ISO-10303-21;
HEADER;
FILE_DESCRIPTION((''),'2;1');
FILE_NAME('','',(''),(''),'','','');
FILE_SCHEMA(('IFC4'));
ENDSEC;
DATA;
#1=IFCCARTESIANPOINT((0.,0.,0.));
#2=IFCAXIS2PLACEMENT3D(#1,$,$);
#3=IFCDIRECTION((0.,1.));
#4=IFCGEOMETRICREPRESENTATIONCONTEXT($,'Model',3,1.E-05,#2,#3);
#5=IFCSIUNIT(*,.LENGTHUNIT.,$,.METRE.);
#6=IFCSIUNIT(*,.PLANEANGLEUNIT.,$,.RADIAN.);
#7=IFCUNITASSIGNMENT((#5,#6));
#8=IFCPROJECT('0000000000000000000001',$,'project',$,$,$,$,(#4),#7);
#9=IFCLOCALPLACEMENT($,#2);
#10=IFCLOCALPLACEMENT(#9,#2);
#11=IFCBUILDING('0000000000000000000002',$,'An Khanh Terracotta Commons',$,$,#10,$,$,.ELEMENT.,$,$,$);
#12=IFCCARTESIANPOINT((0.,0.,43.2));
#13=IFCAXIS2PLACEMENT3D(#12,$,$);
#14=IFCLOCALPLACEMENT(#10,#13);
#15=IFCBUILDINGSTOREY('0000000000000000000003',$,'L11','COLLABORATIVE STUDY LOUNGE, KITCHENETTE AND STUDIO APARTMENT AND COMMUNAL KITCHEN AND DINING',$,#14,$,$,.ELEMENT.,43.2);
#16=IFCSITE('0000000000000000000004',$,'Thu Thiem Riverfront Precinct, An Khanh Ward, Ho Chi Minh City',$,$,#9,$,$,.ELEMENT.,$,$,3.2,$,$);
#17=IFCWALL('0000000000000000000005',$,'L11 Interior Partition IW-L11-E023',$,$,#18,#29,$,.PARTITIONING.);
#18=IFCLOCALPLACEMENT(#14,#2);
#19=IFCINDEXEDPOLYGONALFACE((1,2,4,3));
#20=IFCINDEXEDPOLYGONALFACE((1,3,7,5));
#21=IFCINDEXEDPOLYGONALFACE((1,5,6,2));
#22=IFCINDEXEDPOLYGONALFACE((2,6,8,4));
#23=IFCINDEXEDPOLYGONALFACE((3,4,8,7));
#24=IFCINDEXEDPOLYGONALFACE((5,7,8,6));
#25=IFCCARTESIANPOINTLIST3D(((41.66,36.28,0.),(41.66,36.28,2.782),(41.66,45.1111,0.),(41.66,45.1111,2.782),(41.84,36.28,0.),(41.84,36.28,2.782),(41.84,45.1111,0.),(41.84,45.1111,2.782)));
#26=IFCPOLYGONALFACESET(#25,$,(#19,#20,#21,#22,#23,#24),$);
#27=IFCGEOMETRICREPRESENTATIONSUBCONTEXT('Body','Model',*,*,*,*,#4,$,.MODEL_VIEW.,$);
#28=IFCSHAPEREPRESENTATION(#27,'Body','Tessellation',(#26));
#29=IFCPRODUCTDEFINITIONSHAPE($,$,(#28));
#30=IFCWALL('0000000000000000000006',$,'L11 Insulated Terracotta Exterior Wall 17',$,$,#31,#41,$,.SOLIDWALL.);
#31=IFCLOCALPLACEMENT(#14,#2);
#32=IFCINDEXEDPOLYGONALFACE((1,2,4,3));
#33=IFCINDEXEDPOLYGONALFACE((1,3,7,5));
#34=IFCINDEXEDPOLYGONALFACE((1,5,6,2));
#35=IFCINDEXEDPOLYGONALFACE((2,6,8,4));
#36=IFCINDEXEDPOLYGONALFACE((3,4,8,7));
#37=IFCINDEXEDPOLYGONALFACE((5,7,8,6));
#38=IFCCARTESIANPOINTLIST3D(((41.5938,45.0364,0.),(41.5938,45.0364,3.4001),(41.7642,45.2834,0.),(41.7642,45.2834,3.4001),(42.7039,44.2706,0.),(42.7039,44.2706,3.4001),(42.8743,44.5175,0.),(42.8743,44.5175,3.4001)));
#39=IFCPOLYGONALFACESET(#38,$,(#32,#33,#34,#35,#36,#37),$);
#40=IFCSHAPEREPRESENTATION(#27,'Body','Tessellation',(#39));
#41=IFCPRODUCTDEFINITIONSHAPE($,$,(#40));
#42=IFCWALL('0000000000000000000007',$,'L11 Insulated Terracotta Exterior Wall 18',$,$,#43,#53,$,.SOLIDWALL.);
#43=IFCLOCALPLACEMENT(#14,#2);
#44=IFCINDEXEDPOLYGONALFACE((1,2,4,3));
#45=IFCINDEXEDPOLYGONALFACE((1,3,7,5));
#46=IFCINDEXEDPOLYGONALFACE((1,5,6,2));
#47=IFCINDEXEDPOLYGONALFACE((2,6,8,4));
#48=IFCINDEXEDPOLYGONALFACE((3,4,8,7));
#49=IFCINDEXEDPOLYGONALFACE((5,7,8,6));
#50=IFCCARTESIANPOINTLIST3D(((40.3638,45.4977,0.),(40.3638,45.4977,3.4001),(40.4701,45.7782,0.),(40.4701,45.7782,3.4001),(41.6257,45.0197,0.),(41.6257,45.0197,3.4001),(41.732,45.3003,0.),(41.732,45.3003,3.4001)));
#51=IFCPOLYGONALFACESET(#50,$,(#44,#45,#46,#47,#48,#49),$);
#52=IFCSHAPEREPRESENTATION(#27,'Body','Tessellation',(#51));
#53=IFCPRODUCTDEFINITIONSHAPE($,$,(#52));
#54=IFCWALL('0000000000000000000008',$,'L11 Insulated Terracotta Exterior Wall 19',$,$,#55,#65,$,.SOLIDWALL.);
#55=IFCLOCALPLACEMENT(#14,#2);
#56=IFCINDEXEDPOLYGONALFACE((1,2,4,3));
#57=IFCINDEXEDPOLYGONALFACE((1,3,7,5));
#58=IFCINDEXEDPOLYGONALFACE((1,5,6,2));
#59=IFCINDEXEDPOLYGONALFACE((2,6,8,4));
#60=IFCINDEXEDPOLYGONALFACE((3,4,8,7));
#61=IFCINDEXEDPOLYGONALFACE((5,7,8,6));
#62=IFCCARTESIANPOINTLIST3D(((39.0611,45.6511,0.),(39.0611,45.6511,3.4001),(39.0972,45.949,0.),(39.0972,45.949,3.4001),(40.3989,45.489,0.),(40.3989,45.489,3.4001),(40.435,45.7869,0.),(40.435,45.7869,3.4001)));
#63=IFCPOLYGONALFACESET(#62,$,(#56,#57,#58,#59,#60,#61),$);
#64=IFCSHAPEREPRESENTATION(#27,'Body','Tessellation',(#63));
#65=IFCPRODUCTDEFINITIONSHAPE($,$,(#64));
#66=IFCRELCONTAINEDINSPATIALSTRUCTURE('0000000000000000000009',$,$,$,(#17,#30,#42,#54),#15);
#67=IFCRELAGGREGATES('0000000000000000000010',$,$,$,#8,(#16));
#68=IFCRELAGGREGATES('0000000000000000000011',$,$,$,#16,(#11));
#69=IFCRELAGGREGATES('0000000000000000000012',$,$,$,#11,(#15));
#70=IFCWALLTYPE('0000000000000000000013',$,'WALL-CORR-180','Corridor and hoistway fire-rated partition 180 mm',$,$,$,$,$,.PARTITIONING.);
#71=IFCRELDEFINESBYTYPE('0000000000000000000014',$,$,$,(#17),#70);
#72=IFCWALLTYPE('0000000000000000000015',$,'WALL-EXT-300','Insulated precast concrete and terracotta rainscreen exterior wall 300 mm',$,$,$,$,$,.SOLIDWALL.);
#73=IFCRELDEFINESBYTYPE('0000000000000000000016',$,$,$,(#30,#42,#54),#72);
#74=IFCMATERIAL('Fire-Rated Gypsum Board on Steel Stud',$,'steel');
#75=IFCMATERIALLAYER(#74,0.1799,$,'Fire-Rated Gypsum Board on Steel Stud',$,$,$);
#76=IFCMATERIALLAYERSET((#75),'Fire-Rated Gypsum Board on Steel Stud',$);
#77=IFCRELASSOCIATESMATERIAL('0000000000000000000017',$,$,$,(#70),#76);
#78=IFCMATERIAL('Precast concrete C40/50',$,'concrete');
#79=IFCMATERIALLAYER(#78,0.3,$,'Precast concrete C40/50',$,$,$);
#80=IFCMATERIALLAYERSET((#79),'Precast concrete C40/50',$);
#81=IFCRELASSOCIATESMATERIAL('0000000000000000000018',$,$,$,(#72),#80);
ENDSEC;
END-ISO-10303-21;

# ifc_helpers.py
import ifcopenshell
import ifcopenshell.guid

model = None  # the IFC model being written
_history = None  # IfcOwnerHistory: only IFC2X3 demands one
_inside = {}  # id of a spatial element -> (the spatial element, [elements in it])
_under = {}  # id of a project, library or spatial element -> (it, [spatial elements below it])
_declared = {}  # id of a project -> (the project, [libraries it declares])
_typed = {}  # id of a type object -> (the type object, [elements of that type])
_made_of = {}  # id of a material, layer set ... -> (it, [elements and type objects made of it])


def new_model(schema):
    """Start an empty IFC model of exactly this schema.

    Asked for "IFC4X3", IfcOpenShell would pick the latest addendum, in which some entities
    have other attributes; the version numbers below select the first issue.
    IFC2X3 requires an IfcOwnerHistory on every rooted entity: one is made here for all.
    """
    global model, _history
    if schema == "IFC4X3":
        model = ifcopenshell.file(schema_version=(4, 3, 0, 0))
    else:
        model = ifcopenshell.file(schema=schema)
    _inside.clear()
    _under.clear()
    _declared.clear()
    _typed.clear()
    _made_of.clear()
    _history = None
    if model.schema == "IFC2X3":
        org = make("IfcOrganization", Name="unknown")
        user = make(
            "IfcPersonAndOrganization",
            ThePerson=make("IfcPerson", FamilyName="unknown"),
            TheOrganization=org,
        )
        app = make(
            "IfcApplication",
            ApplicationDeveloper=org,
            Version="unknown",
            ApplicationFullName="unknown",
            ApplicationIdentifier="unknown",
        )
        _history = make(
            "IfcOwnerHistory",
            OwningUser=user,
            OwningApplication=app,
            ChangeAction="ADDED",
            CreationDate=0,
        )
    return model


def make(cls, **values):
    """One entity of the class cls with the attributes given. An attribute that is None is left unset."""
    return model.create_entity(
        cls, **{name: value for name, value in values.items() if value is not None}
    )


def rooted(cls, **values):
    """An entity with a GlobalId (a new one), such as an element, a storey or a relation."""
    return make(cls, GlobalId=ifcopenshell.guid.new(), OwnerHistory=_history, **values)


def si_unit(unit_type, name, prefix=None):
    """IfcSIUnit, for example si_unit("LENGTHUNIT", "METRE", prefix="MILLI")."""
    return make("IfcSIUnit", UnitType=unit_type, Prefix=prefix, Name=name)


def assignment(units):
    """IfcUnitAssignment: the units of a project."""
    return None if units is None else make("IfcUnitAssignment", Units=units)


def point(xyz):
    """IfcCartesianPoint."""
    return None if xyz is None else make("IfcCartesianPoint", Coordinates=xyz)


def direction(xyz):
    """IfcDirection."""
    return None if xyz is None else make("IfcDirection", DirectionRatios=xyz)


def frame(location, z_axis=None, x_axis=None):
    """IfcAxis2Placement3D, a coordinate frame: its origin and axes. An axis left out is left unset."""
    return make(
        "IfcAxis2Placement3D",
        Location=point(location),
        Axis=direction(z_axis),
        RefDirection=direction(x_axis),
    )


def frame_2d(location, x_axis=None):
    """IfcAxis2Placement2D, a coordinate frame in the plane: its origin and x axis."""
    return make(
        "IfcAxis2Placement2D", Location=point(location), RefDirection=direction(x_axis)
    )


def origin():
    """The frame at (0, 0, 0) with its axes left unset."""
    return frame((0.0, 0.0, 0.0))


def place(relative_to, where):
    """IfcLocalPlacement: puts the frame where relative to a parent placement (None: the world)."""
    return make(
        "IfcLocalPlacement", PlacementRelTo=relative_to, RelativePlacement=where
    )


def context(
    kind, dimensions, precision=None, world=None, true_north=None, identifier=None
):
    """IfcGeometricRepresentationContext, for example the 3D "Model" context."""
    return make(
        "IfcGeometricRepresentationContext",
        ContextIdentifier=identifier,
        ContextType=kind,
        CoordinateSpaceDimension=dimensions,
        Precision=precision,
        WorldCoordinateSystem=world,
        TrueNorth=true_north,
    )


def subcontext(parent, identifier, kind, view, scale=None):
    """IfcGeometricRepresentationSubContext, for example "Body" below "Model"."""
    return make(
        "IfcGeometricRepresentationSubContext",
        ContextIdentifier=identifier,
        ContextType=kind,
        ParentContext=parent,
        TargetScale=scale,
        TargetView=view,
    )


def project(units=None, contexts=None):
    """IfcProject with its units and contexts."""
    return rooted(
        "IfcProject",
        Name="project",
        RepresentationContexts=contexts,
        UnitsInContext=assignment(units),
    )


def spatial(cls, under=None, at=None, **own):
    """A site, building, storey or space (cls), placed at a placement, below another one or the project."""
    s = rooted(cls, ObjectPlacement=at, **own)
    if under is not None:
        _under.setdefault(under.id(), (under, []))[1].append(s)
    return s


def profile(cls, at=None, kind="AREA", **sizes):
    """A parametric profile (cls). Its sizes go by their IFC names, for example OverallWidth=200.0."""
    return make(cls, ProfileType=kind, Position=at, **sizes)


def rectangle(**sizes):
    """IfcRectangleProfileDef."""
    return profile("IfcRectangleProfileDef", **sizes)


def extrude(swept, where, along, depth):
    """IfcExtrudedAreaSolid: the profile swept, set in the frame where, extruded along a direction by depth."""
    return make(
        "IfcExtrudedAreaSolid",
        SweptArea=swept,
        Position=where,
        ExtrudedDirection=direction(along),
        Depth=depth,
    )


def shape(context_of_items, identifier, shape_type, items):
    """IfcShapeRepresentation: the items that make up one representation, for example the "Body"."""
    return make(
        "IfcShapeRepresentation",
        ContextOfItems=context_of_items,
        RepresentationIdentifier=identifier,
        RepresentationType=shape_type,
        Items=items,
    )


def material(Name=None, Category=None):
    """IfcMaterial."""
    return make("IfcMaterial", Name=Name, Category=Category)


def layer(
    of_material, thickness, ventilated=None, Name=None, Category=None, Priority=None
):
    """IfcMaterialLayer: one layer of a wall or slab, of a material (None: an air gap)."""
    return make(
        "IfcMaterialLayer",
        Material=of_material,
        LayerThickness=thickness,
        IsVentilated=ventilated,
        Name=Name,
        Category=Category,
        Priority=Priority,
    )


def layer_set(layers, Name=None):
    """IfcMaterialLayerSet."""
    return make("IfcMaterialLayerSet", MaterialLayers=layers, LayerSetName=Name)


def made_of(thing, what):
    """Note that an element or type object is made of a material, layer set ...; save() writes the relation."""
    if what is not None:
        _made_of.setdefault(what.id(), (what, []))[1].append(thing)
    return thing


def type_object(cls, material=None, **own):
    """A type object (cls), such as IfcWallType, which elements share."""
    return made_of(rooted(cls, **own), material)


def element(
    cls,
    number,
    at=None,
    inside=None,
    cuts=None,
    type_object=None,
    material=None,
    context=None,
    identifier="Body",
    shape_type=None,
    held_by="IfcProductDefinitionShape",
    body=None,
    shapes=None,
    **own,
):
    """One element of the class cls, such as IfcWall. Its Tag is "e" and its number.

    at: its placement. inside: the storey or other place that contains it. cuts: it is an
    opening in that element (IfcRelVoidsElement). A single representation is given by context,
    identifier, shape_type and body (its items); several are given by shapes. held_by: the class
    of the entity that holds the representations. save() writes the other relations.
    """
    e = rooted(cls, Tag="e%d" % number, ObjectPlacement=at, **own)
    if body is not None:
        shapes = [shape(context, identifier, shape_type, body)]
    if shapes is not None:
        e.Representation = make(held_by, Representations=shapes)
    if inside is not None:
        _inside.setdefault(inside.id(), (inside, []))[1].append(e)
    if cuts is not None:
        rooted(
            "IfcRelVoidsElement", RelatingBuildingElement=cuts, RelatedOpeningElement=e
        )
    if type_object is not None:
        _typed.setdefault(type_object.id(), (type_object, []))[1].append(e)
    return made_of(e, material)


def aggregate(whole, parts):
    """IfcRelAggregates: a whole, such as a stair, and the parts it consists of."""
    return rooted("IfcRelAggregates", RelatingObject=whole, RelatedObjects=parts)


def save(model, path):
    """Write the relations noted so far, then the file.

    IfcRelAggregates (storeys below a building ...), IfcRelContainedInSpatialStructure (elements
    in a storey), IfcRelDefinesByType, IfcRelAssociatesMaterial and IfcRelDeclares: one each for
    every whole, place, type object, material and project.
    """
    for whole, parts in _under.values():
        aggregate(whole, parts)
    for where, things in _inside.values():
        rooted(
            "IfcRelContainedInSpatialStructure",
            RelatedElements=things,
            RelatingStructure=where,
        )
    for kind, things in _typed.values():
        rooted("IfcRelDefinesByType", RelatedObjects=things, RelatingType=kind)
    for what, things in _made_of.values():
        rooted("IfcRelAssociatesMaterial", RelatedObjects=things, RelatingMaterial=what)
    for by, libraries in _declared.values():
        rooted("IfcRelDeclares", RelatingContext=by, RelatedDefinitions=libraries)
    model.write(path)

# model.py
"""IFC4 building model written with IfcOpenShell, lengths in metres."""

from ifc_helpers import new_model, si_unit, direction, frame, frame_2d, origin, place, context, subcontext, project, spatial, rectangle, extrude, material, layer, layer_set, type_object, element, save


model = new_model("IFC4")

# Units and contexts
model_context = context("Model", 3, precision=1e-05, world=origin(), true_north=direction((0.0, 1.0)))
body_context = subcontext(model_context, "Body", "Model", "MODEL_VIEW")
ifc_project = project(units=[si_unit("LENGTHUNIT", "METRE"), si_unit("PLANEANGLEUNIT", "RADIAN")], contexts=[model_context])

# Site, building, storey
site_placement = place(None, origin())
site = spatial("IfcSite", under=ifc_project, at=site_placement, Name="Thu Thiem Riverfront Precinct, An Khanh Ward, Ho Chi Minh City", CompositionType="ELEMENT", RefElevation=3.2)
building_placement = place(site_placement, origin())
building = spatial("IfcBuilding", under=site, at=building_placement, Name="An Khanh Terracotta Commons", CompositionType="ELEMENT")
storey_placement = place(building_placement, frame((0.0, 0.0, 43.2)))
storey = spatial("IfcBuildingStorey", under=building, at=storey_placement, Name="L11", Description="COLLABORATIVE STUDY LOUNGE, KITCHENETTE AND STUDIO APARTMENT AND COMMUNAL KITCHEN AND DINING", CompositionType="ELEMENT", Elevation=43.2)

# Shared definitions
ifc_material_1 = material(Name="Fire-Rated Gypsum Board on Steel Stud", Category="steel")
ifc_layer_1 = layer(ifc_material_1, 0.1799, Name="Fire-Rated Gypsum Board on Steel Stud")
ifc_layer_set_1 = layer_set([ifc_layer_1], Name="Fire-Rated Gypsum Board on Steel Stud")
wall_type_1 = type_object("IfcWallType", Name="WALL-CORR-180", Description="Corridor and hoistway fire-rated partition 180 mm", PredefinedType="PARTITIONING", material=ifc_layer_set_1)

# Walls
wall_1_placement = place(storey_placement, frame((41.75, 36.28, 0.0), z_axis=(0.0, 0.0, 1.0), x_axis=(0.0, 1.0, 0.0)))
element("IfcWall", 1, at=wall_1_placement, inside=storey, type_object=wall_type_1, Name="L11 Interior Partition IW-L11-E023", PredefinedType="PARTITIONING", context=body_context, shape_type="SweptSolid", body=[
    extrude(rectangle(XDim=8.8311, YDim=0.1799, at=frame_2d((4.4155, 0.0))), origin(), (0.0, 0.0, 1.0), 2.782),
])
ifc_material_2 = material(Name="Precast concrete C40/50", Category="concrete")
ifc_layer_2 = layer(ifc_material_2, 0.3, Name="Precast concrete C40/50")
ifc_layer_set_2 = layer_set([ifc_layer_2], Name="Precast concrete C40/50")
wall_type_2 = type_object("IfcWallType", Name="WALL-EXT-300", Description="Insulated precast concrete and terracotta rainscreen exterior wall 300 mm", PredefinedType="SOLIDWALL", material=ifc_layer_set_2)
wall_2_placement = place(storey_placement, frame((42.7891, 44.394, 0.0), z_axis=(0.0, 0.0, 1.0), x_axis=(-0.823117, 0.567873, 0.0)))
element("IfcWall", 2, at=wall_2_placement, inside=storey, type_object=wall_type_2, Name="L11 Insulated Terracotta Exterior Wall 17", PredefinedType="SOLIDWALL", context=body_context, shape_type="SweptSolid", body=[
    extrude(rectangle(XDim=1.3486, YDim=0.3, at=frame_2d((0.6743, 0.0))), origin(), (0.0, 0.0, 1.0), 3.4001),
])
wall_3_placement = place(storey_placement, frame((41.679, 45.1599, 0.0), z_axis=(0.0, 0.0, 1.0), x_axis=(-0.935157, 0.354234, 0.0)))
element("IfcWall", 3, at=wall_3_placement, inside=storey, type_object=wall_type_2, Name="L11 Insulated Terracotta Exterior Wall 18", PredefinedType="SOLIDWALL", context=body_context, shape_type="SweptSolid", body=[
    extrude(rectangle(XDim=1.3494, YDim=0.3, at=frame_2d((0.6748, 0.0))), origin(), (0.0, 0.0, 1.0), 3.4001),
])
wall_4_placement = place(storey_placement, frame((40.417, 45.6379, 0.0), z_axis=(0.0, 0.0, 1.0), x_axis=(-0.992739, 0.120288, 0.0)))
element("IfcWall", 4, at=wall_4_placement, inside=storey, type_object=wall_type_2, Name="L11 Insulated Terracotta Exterior Wall 19", PredefinedType="SOLIDWALL", context=body_context, shape_type="SweptSolid", body=[
    extrude(rectangle(XDim=1.3477, YDim=0.3, at=frame_2d((0.6738, 0.0))), origin(), (0.0, 0.0, 1.0), 3.4001),
])

save(model, "model.ifc")
